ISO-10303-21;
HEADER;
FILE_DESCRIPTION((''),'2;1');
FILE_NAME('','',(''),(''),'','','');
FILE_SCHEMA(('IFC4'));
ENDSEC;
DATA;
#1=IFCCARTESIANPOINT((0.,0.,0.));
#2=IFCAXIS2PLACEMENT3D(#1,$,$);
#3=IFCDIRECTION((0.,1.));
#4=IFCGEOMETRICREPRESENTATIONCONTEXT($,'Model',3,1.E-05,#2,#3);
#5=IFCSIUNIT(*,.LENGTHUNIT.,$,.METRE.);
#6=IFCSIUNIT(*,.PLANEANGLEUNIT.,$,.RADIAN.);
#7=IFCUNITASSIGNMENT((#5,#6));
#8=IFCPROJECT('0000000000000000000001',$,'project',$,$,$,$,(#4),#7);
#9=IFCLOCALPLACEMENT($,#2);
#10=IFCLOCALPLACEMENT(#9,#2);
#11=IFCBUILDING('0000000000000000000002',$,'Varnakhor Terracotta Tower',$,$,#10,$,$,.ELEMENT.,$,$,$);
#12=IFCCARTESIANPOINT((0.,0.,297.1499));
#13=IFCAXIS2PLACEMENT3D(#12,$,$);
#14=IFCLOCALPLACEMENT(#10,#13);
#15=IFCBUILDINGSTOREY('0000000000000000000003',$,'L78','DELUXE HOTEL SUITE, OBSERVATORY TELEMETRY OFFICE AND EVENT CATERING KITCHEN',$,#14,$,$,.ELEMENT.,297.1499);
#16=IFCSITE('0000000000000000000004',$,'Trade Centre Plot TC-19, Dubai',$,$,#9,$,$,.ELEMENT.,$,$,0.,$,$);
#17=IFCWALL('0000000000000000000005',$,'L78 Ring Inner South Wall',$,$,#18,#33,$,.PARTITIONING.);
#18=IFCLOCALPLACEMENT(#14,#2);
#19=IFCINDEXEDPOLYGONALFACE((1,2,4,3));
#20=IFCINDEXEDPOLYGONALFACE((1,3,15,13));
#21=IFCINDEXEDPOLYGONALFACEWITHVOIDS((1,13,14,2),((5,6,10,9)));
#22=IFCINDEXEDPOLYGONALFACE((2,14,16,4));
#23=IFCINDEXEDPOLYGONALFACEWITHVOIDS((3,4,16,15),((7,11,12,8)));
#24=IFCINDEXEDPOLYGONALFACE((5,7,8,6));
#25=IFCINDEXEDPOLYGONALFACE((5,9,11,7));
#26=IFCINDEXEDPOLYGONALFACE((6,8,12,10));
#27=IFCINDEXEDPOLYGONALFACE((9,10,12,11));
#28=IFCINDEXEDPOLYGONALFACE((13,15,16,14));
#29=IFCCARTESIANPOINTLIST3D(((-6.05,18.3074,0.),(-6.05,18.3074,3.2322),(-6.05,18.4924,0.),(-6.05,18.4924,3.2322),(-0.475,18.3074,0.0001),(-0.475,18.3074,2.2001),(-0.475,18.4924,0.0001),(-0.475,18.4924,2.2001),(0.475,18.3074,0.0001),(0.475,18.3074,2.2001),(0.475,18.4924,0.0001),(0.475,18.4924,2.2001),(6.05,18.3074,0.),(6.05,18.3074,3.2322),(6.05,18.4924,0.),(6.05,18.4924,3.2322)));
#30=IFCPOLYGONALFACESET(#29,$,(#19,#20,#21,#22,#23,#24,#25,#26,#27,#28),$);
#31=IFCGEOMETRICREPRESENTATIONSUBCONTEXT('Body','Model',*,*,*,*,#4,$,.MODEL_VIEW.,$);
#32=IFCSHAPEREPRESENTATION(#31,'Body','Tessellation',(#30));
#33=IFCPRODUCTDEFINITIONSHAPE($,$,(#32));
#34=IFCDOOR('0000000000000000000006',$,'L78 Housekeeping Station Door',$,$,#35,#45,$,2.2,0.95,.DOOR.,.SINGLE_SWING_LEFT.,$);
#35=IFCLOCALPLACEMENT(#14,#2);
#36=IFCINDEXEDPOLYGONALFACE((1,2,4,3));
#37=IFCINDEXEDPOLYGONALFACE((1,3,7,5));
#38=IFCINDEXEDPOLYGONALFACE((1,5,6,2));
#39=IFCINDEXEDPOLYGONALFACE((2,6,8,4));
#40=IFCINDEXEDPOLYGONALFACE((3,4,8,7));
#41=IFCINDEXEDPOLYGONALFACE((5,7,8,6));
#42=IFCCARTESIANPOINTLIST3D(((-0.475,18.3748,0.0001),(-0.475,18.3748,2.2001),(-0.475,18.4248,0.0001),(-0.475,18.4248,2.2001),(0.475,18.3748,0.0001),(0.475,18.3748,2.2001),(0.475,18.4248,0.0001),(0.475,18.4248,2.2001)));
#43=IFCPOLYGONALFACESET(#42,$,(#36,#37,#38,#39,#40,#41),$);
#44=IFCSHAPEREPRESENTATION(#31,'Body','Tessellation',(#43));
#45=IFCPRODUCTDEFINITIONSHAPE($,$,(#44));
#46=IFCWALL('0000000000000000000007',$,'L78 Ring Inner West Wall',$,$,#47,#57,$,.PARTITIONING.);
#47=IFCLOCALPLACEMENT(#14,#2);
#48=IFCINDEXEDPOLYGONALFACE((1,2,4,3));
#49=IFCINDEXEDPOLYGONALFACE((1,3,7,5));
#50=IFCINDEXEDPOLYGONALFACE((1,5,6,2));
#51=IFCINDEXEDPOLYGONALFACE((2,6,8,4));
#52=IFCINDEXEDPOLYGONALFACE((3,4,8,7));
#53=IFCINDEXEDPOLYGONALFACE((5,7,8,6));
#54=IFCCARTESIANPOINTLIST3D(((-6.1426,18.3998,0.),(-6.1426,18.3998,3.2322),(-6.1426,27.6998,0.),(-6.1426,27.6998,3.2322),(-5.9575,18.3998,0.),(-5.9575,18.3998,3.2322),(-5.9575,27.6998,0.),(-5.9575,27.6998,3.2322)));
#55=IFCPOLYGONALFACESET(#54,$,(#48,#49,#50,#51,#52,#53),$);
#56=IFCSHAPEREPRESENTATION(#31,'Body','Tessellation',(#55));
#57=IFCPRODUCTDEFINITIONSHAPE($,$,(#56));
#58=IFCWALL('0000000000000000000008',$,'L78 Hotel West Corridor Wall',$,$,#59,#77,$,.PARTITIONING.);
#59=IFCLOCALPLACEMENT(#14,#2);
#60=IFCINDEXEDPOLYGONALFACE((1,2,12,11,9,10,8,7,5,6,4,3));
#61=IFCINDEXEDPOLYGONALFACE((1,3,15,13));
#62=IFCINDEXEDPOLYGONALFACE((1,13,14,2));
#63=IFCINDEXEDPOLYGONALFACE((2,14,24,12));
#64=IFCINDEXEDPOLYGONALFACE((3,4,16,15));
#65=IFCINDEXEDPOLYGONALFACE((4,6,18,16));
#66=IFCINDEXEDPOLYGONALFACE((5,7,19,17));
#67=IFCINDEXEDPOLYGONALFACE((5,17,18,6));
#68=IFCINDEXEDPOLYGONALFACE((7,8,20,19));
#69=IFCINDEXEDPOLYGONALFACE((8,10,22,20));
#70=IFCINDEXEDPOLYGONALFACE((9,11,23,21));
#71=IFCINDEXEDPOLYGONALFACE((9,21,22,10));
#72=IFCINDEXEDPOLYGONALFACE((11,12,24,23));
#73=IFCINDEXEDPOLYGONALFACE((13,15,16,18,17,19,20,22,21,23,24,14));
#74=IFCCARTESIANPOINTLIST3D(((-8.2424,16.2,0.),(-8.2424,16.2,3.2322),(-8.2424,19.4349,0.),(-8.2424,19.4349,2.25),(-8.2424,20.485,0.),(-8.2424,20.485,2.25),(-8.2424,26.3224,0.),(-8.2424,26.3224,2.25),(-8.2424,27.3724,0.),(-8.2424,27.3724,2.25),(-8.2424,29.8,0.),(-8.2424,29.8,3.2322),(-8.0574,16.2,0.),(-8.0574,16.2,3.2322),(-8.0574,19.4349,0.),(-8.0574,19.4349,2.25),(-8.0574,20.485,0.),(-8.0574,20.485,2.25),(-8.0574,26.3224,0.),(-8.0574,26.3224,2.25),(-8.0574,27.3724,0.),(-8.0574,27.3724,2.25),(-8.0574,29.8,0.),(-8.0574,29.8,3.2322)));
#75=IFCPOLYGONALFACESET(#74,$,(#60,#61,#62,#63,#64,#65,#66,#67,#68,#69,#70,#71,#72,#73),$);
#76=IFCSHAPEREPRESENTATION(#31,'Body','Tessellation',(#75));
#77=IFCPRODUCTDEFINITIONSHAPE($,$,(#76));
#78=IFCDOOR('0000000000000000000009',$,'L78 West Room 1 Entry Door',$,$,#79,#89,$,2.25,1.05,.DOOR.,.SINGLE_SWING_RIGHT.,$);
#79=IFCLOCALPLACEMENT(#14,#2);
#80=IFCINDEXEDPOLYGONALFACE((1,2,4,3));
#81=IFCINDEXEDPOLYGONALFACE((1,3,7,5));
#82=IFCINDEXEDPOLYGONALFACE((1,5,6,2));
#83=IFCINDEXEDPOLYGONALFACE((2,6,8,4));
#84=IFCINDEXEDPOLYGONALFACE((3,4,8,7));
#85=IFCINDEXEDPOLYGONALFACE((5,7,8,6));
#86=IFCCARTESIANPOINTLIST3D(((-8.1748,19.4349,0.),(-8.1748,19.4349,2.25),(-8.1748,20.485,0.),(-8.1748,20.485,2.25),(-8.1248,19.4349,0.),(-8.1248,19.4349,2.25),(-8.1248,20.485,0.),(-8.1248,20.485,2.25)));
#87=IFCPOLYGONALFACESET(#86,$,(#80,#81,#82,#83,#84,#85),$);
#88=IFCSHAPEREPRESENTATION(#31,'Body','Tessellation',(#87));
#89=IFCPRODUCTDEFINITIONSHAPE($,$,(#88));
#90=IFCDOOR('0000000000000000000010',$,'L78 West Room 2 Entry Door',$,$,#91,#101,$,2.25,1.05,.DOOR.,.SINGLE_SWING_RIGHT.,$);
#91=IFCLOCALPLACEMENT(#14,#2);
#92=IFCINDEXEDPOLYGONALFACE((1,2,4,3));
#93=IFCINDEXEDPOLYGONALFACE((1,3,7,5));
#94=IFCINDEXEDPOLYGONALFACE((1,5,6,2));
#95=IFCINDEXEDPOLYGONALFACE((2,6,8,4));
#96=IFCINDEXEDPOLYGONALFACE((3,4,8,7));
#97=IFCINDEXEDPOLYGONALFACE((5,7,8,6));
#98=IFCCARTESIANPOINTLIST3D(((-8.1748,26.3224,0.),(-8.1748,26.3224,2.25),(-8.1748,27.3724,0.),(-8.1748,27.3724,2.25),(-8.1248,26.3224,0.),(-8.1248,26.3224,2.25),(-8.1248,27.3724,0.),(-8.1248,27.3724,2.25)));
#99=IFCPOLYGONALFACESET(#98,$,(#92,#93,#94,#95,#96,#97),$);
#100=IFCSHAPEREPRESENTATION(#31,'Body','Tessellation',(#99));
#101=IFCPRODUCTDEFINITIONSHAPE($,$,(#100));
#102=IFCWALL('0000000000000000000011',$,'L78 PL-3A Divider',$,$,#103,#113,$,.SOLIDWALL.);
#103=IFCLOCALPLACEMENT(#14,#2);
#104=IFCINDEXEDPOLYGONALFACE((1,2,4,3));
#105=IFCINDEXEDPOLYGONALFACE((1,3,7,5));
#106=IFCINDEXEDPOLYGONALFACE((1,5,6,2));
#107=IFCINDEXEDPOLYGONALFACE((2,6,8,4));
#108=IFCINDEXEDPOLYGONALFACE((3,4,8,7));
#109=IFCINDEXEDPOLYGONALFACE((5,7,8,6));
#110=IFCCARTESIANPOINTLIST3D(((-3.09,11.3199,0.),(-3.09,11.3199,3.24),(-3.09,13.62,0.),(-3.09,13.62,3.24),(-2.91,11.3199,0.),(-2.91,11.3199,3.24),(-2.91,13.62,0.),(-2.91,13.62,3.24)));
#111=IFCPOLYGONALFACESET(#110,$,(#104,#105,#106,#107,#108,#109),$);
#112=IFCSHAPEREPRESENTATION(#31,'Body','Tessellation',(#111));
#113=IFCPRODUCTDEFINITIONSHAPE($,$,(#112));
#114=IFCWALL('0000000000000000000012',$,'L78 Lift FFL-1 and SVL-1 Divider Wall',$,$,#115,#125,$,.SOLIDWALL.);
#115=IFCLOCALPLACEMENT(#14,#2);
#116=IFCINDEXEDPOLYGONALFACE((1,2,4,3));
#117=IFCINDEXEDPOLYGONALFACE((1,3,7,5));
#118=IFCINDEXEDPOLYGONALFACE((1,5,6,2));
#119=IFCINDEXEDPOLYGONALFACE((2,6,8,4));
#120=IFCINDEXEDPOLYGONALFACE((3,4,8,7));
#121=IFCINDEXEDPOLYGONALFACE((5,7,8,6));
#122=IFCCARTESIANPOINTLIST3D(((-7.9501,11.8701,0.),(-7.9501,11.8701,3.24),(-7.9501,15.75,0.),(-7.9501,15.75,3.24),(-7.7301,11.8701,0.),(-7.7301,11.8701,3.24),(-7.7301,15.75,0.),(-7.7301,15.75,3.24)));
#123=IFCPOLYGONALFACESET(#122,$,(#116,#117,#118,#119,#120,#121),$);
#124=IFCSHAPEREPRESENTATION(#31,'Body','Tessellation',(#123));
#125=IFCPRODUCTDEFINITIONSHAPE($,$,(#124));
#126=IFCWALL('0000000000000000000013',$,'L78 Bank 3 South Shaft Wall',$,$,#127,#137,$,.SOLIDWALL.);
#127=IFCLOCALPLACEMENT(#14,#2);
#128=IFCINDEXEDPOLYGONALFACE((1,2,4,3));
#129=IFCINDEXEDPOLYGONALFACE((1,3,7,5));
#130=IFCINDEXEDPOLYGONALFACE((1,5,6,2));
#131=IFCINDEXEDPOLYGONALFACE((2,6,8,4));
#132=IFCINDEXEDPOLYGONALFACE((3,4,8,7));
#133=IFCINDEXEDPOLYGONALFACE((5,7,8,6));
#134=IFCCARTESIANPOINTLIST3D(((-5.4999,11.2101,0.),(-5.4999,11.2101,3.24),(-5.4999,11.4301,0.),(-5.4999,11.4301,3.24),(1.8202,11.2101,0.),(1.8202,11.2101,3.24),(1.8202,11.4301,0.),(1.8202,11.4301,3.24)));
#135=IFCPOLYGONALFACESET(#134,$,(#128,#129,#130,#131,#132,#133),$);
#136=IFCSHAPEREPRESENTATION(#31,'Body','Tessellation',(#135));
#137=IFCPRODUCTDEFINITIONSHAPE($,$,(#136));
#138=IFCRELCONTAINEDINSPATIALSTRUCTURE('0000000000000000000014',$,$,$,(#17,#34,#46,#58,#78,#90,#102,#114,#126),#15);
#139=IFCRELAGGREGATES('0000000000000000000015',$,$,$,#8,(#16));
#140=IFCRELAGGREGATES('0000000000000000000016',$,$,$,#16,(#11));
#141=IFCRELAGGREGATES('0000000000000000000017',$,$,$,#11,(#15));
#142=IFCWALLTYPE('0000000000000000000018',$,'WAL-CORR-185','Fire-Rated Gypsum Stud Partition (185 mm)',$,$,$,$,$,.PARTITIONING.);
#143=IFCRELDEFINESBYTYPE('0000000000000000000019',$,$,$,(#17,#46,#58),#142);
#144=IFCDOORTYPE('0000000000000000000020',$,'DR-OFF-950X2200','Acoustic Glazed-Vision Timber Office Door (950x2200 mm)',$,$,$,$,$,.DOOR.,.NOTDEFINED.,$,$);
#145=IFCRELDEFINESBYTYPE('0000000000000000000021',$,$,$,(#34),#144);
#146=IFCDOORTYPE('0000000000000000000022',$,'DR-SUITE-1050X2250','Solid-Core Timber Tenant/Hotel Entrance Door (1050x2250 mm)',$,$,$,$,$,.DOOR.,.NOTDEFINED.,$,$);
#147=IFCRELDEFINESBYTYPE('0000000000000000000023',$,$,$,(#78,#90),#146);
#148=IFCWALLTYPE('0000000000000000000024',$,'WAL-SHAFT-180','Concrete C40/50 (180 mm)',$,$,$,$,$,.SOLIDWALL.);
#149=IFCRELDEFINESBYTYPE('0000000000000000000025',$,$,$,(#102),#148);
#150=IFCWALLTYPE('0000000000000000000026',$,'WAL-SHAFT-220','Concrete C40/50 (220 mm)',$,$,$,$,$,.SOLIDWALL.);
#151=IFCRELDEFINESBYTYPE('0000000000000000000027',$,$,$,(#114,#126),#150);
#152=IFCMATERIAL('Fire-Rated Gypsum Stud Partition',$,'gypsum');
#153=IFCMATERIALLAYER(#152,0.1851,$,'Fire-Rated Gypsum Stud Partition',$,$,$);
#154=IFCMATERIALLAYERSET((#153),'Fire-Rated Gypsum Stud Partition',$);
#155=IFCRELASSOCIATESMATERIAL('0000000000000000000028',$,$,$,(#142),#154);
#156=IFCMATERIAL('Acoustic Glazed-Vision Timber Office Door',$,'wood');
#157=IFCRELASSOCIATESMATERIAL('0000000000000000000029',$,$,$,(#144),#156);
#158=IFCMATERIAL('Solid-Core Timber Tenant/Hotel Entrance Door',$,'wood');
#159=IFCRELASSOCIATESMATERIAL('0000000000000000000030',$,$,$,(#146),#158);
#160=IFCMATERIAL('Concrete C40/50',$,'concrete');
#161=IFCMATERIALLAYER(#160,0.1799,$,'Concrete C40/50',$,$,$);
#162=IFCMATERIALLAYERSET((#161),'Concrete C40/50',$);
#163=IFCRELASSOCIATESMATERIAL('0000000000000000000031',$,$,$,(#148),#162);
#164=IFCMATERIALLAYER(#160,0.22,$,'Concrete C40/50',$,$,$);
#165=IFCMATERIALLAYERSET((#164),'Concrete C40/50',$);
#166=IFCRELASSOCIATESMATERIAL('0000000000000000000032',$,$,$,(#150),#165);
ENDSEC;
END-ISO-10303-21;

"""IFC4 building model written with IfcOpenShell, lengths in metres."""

from ifc_helpers import new_model, si_unit, direction, frame, frame_2d, origin, place, context, subcontext, project, spatial, rectangle, extrude, source, transform, mapped, material, layer, layer_set, type_object, type_shapes, element, fill, save


model = new_model("IFC4")

# Units and contexts
model_context = context("Model", 3, precision=1e-05, world=origin(), true_north=direction((0.0, 1.0)))
body_context = subcontext(model_context, "Body", "Model", "MODEL_VIEW")
ifc_project = project(units=[si_unit("LENGTHUNIT", "METRE"), si_unit("PLANEANGLEUNIT", "RADIAN")], contexts=[model_context])

# Site, building, storey
site_placement = place(None, origin())
site = spatial("IfcSite", under=ifc_project, at=site_placement, Name="Trade Centre Plot TC-19, Dubai", CompositionType="ELEMENT", RefElevation=0.0)
building_placement = place(site_placement, origin())
building = spatial("IfcBuilding", under=site, at=building_placement, Name="Varnakhor Terracotta Tower", CompositionType="ELEMENT")
storey_placement = place(building_placement, frame((0.0, 0.0, 297.1499)))
storey = spatial("IfcBuildingStorey", under=building, at=storey_placement, Name="L78", Description="DELUXE HOTEL SUITE, OBSERVATORY TELEMETRY OFFICE AND EVENT CATERING KITCHEN", CompositionType="ELEMENT", Elevation=297.1499)

# Wall, opening, door
ifc_material_1 = material(Name="Fire-Rated Gypsum Stud Partition", Category="gypsum")
ifc_layer_1 = layer(ifc_material_1, 0.1851, Name="Fire-Rated Gypsum Stud Partition")
ifc_layer_set_1 = layer_set([ifc_layer_1], Name="Fire-Rated Gypsum Stud Partition")
wall_type_1 = type_object("IfcWallType", Name="WAL-CORR-185", Description="Fire-Rated Gypsum Stud Partition (185 mm)", PredefinedType="PARTITIONING", material=ifc_layer_set_1)
wall_1_placement = place(storey_placement, frame((-6.05, 18.3999, 0.0), z_axis=(0.0, 0.0, 1.0), x_axis=(1.0, 0.0, 0.0)))
wall_1 = element("IfcWall", 1, at=wall_1_placement, inside=storey, type_object=wall_type_1, Name="L78 Ring Inner South Wall", PredefinedType="PARTITIONING", context=body_context, shape_type="SweptSolid", body=[
    extrude(rectangle(XDim=12.1001, YDim=0.1851, at=frame_2d((6.05, 0.0))), origin(), (0.0, 0.0, 1.0), 3.2322),
])
opening_1_placement = place(wall_1_placement, frame((5.575, 0.0, 0.0)))
opening_1 = element("IfcOpeningElement", 2, at=opening_1_placement, cuts=wall_1, PredefinedType="OPENING", context=body_context, shape_type="SweptSolid", body=[
    extrude(rectangle(XDim=0.95, YDim=2.2, at=frame_2d((0.4751, 1.1001))), frame((0.0, 0.1025, 0.0), z_axis=(0.0, -1.0, 0.0), x_axis=(1.0, 0.0, 0.0)), (0.0, 0.0, 1.0), 0.2051),
])
ifc_material_2 = material(Name="Acoustic Glazed-Vision Timber Office Door", Category="wood")
door_type_1 = type_object("IfcDoorType", Name="DR-OFF-950X2200", Description="Acoustic Glazed-Vision Timber Office Door (950x2200 mm)", OperationType="NOTDEFINED", PredefinedType="DOOR", material=ifc_material_2)
shared_shape_1 = source(origin(), body_context, "Body", "SweptSolid", [
    extrude(rectangle(XDim=0.95, YDim=2.2, at=frame_2d((0.4751, 1.1001))), frame((0.0, 0.0249, 0.0), z_axis=(0.0, -1.0, 0.0), x_axis=(1.0, 0.0, 0.0)), (0.0, 0.0, 1.0), 0.05),
])
type_shapes(door_type_1, [shared_shape_1])
door_1_placement = place(opening_1_placement, origin())
door_1 = element("IfcDoor", 3, at=door_1_placement, inside=storey, type_object=door_type_1, Name="L78 Housekeeping Station Door", OperationType="SINGLE_SWING_LEFT", OverallHeight=2.2, OverallWidth=0.95, PredefinedType="DOOR", context=body_context, shape_type="MappedRepresentation", body=[
    mapped(shared_shape_1, transform((0.0, 0.0, 0.0), scale=1.0)),
])
fill(opening_1, door_1)

# Wall
wall_2_placement = place(storey_placement, frame((-6.05, 18.3999, 0.0), z_axis=(0.0, 0.0, 1.0), x_axis=(0.0, 1.0, 0.0)))
element("IfcWall", 4, at=wall_2_placement, inside=storey, type_object=wall_type_1, Name="L78 Ring Inner West Wall", PredefinedType="PARTITIONING", context=body_context, shape_type="SweptSolid", body=[
    extrude(rectangle(XDim=9.3, YDim=0.1851, at=frame_2d((4.6499, 0.0))), origin(), (0.0, 0.0, 1.0), 3.2322),
])

# Wall, openings, doors
wall_3_placement = place(storey_placement, frame((-8.1499, 16.2, 0.0), z_axis=(0.0, 0.0, 1.0), x_axis=(0.0, 1.0, 0.0)))
wall_3 = element("IfcWall", 5, at=wall_3_placement, inside=storey, type_object=wall_type_1, Name="L78 Hotel West Corridor Wall", PredefinedType="PARTITIONING", context=body_context, shape_type="SweptSolid", body=[
    extrude(rectangle(XDim=13.6001, YDim=0.1851, at=frame_2d((6.8, 0.0))), origin(), (0.0, 0.0, 1.0), 3.2322),
])
opening_2_placement = place(wall_3_placement, frame((3.2351, 0.0, 0.0)))
opening_2 = element("IfcOpeningElement", 6, at=opening_2_placement, cuts=wall_3, PredefinedType="OPENING", context=body_context, shape_type="SweptSolid", body=[
    extrude(rectangle(XDim=1.05, YDim=2.25, at=frame_2d((0.5249, 1.125))), frame((0.0, 0.1025, 0.0), z_axis=(0.0, -1.0, 0.0), x_axis=(1.0, 0.0, 0.0)), (0.0, 0.0, 1.0), 0.2051),
])
opening_3_placement = place(wall_3_placement, frame((10.1226, 0.0, 0.0)))
opening_3 = element("IfcOpeningElement", 7, at=opening_3_placement, cuts=wall_3, PredefinedType="OPENING", context=body_context, shape_type="SweptSolid", body=[
    extrude(rectangle(XDim=1.05, YDim=2.25, at=frame_2d((0.5249, 1.125))), frame((0.0, 0.1025, 0.0), z_axis=(0.0, -1.0, 0.0), x_axis=(1.0, 0.0, 0.0)), (0.0, 0.0, 1.0), 0.2051),
])
ifc_material_3 = material(Name="Solid-Core Timber Tenant/Hotel Entrance Door", Category="wood")
door_type_2 = type_object("IfcDoorType", Name="DR-SUITE-1050X2250", Description="Solid-Core Timber Tenant/Hotel Entrance Door (1050x2250 mm)", OperationType="NOTDEFINED", PredefinedType="DOOR", material=ifc_material_3)
shared_shape_2 = source(origin(), body_context, "Body", "SweptSolid", [
    extrude(rectangle(XDim=1.05, YDim=2.25, at=frame_2d((0.5249, 1.125))), frame((0.0, 0.0249, 0.0), z_axis=(0.0, -1.0, 0.0), x_axis=(1.0, 0.0, 0.0)), (0.0, 0.0, 1.0), 0.05),
])
type_shapes(door_type_2, [shared_shape_2])
door_2_placement = place(opening_2_placement, origin())
door_2 = element("IfcDoor", 8, at=door_2_placement, inside=storey, type_object=door_type_2, Name="L78 West Room 1 Entry Door", OperationType="SINGLE_SWING_RIGHT", OverallHeight=2.25, OverallWidth=1.05, PredefinedType="DOOR", context=body_context, shape_type="MappedRepresentation", body=[
    mapped(shared_shape_2, transform((0.0, 0.0, 0.0), scale=1.0)),
])
fill(opening_2, door_2)
door_3_placement = place(opening_3_placement, origin())
door_3 = element("IfcDoor", 9, at=door_3_placement, inside=storey, type_object=door_type_2, Name="L78 West Room 2 Entry Door", OperationType="SINGLE_SWING_RIGHT", OverallHeight=2.25, OverallWidth=1.05, PredefinedType="DOOR", context=body_context, shape_type="MappedRepresentation", body=[
    mapped(shared_shape_2, transform((0.0, 0.0, 0.0), scale=1.0)),
])
fill(opening_3, door_3)

# Walls
ifc_material_4 = material(Name="Concrete C40/50", Category="concrete")
ifc_layer_2 = layer(ifc_material_4, 0.1799, Name="Concrete C40/50")
ifc_layer_set_2 = layer_set([ifc_layer_2], Name="Concrete C40/50")
wall_type_2 = type_object("IfcWallType", Name="WAL-SHAFT-180", Description="Concrete C40/50 (180 mm)", PredefinedType="SOLIDWALL", material=ifc_layer_set_2)
wall_4_placement = place(storey_placement, frame((-3.0, 11.3201, 0.0), z_axis=(0.0, 0.0, 1.0), x_axis=(0.0, 1.0, 0.0)))
element("IfcWall", 10, at=wall_4_placement, inside=storey, type_object=wall_type_2, Name="L78 PL-3A Divider", PredefinedType="SOLIDWALL", context=body_context, shape_type="SweptSolid", body=[
    extrude(rectangle(XDim=2.3, YDim=0.1799, at=frame_2d((1.1499, 0.0))), origin(), (0.0, 0.0, 1.0), 3.24),
])
ifc_layer_3 = layer(ifc_material_4, 0.22, Name="Concrete C40/50")
ifc_layer_set_3 = layer_set([ifc_layer_3], Name="Concrete C40/50")
wall_type_3 = type_object("IfcWallType", Name="WAL-SHAFT-220", Description="Concrete C40/50 (220 mm)", PredefinedType="SOLIDWALL", material=ifc_layer_set_3)
wall_5_placement = place(storey_placement, frame((-7.8401, 11.8701, 0.0), z_axis=(0.0, 0.0, 1.0), x_axis=(0.0, 1.0, 0.0)))
element("IfcWall", 11, at=wall_5_placement, inside=storey, type_object=wall_type_3, Name="L78 Lift FFL-1 and SVL-1 Divider Wall", PredefinedType="SOLIDWALL", context=body_context, shape_type="SweptSolid", body=[
    extrude(rectangle(XDim=3.8799, YDim=0.22, at=frame_2d((1.9399, 0.0))), origin(), (0.0, 0.0, 1.0), 3.24),
])
wall_6_placement = place(storey_placement, frame((-5.5, 11.3201, 0.0), z_axis=(0.0, 0.0, 1.0), x_axis=(1.0, 0.0, 0.0)))
element("IfcWall", 12, at=wall_6_placement, inside=storey, type_object=wall_type_3, Name="L78 Bank 3 South Shaft Wall", PredefinedType="SOLIDWALL", context=body_context, shape_type="SweptSolid", body=[
    extrude(rectangle(XDim=7.3201, YDim=0.22, at=frame_2d((3.6602, 0.0))), origin(), (0.0, 0.0, 1.0), 3.24),
])

save(model, "model.ifc")
